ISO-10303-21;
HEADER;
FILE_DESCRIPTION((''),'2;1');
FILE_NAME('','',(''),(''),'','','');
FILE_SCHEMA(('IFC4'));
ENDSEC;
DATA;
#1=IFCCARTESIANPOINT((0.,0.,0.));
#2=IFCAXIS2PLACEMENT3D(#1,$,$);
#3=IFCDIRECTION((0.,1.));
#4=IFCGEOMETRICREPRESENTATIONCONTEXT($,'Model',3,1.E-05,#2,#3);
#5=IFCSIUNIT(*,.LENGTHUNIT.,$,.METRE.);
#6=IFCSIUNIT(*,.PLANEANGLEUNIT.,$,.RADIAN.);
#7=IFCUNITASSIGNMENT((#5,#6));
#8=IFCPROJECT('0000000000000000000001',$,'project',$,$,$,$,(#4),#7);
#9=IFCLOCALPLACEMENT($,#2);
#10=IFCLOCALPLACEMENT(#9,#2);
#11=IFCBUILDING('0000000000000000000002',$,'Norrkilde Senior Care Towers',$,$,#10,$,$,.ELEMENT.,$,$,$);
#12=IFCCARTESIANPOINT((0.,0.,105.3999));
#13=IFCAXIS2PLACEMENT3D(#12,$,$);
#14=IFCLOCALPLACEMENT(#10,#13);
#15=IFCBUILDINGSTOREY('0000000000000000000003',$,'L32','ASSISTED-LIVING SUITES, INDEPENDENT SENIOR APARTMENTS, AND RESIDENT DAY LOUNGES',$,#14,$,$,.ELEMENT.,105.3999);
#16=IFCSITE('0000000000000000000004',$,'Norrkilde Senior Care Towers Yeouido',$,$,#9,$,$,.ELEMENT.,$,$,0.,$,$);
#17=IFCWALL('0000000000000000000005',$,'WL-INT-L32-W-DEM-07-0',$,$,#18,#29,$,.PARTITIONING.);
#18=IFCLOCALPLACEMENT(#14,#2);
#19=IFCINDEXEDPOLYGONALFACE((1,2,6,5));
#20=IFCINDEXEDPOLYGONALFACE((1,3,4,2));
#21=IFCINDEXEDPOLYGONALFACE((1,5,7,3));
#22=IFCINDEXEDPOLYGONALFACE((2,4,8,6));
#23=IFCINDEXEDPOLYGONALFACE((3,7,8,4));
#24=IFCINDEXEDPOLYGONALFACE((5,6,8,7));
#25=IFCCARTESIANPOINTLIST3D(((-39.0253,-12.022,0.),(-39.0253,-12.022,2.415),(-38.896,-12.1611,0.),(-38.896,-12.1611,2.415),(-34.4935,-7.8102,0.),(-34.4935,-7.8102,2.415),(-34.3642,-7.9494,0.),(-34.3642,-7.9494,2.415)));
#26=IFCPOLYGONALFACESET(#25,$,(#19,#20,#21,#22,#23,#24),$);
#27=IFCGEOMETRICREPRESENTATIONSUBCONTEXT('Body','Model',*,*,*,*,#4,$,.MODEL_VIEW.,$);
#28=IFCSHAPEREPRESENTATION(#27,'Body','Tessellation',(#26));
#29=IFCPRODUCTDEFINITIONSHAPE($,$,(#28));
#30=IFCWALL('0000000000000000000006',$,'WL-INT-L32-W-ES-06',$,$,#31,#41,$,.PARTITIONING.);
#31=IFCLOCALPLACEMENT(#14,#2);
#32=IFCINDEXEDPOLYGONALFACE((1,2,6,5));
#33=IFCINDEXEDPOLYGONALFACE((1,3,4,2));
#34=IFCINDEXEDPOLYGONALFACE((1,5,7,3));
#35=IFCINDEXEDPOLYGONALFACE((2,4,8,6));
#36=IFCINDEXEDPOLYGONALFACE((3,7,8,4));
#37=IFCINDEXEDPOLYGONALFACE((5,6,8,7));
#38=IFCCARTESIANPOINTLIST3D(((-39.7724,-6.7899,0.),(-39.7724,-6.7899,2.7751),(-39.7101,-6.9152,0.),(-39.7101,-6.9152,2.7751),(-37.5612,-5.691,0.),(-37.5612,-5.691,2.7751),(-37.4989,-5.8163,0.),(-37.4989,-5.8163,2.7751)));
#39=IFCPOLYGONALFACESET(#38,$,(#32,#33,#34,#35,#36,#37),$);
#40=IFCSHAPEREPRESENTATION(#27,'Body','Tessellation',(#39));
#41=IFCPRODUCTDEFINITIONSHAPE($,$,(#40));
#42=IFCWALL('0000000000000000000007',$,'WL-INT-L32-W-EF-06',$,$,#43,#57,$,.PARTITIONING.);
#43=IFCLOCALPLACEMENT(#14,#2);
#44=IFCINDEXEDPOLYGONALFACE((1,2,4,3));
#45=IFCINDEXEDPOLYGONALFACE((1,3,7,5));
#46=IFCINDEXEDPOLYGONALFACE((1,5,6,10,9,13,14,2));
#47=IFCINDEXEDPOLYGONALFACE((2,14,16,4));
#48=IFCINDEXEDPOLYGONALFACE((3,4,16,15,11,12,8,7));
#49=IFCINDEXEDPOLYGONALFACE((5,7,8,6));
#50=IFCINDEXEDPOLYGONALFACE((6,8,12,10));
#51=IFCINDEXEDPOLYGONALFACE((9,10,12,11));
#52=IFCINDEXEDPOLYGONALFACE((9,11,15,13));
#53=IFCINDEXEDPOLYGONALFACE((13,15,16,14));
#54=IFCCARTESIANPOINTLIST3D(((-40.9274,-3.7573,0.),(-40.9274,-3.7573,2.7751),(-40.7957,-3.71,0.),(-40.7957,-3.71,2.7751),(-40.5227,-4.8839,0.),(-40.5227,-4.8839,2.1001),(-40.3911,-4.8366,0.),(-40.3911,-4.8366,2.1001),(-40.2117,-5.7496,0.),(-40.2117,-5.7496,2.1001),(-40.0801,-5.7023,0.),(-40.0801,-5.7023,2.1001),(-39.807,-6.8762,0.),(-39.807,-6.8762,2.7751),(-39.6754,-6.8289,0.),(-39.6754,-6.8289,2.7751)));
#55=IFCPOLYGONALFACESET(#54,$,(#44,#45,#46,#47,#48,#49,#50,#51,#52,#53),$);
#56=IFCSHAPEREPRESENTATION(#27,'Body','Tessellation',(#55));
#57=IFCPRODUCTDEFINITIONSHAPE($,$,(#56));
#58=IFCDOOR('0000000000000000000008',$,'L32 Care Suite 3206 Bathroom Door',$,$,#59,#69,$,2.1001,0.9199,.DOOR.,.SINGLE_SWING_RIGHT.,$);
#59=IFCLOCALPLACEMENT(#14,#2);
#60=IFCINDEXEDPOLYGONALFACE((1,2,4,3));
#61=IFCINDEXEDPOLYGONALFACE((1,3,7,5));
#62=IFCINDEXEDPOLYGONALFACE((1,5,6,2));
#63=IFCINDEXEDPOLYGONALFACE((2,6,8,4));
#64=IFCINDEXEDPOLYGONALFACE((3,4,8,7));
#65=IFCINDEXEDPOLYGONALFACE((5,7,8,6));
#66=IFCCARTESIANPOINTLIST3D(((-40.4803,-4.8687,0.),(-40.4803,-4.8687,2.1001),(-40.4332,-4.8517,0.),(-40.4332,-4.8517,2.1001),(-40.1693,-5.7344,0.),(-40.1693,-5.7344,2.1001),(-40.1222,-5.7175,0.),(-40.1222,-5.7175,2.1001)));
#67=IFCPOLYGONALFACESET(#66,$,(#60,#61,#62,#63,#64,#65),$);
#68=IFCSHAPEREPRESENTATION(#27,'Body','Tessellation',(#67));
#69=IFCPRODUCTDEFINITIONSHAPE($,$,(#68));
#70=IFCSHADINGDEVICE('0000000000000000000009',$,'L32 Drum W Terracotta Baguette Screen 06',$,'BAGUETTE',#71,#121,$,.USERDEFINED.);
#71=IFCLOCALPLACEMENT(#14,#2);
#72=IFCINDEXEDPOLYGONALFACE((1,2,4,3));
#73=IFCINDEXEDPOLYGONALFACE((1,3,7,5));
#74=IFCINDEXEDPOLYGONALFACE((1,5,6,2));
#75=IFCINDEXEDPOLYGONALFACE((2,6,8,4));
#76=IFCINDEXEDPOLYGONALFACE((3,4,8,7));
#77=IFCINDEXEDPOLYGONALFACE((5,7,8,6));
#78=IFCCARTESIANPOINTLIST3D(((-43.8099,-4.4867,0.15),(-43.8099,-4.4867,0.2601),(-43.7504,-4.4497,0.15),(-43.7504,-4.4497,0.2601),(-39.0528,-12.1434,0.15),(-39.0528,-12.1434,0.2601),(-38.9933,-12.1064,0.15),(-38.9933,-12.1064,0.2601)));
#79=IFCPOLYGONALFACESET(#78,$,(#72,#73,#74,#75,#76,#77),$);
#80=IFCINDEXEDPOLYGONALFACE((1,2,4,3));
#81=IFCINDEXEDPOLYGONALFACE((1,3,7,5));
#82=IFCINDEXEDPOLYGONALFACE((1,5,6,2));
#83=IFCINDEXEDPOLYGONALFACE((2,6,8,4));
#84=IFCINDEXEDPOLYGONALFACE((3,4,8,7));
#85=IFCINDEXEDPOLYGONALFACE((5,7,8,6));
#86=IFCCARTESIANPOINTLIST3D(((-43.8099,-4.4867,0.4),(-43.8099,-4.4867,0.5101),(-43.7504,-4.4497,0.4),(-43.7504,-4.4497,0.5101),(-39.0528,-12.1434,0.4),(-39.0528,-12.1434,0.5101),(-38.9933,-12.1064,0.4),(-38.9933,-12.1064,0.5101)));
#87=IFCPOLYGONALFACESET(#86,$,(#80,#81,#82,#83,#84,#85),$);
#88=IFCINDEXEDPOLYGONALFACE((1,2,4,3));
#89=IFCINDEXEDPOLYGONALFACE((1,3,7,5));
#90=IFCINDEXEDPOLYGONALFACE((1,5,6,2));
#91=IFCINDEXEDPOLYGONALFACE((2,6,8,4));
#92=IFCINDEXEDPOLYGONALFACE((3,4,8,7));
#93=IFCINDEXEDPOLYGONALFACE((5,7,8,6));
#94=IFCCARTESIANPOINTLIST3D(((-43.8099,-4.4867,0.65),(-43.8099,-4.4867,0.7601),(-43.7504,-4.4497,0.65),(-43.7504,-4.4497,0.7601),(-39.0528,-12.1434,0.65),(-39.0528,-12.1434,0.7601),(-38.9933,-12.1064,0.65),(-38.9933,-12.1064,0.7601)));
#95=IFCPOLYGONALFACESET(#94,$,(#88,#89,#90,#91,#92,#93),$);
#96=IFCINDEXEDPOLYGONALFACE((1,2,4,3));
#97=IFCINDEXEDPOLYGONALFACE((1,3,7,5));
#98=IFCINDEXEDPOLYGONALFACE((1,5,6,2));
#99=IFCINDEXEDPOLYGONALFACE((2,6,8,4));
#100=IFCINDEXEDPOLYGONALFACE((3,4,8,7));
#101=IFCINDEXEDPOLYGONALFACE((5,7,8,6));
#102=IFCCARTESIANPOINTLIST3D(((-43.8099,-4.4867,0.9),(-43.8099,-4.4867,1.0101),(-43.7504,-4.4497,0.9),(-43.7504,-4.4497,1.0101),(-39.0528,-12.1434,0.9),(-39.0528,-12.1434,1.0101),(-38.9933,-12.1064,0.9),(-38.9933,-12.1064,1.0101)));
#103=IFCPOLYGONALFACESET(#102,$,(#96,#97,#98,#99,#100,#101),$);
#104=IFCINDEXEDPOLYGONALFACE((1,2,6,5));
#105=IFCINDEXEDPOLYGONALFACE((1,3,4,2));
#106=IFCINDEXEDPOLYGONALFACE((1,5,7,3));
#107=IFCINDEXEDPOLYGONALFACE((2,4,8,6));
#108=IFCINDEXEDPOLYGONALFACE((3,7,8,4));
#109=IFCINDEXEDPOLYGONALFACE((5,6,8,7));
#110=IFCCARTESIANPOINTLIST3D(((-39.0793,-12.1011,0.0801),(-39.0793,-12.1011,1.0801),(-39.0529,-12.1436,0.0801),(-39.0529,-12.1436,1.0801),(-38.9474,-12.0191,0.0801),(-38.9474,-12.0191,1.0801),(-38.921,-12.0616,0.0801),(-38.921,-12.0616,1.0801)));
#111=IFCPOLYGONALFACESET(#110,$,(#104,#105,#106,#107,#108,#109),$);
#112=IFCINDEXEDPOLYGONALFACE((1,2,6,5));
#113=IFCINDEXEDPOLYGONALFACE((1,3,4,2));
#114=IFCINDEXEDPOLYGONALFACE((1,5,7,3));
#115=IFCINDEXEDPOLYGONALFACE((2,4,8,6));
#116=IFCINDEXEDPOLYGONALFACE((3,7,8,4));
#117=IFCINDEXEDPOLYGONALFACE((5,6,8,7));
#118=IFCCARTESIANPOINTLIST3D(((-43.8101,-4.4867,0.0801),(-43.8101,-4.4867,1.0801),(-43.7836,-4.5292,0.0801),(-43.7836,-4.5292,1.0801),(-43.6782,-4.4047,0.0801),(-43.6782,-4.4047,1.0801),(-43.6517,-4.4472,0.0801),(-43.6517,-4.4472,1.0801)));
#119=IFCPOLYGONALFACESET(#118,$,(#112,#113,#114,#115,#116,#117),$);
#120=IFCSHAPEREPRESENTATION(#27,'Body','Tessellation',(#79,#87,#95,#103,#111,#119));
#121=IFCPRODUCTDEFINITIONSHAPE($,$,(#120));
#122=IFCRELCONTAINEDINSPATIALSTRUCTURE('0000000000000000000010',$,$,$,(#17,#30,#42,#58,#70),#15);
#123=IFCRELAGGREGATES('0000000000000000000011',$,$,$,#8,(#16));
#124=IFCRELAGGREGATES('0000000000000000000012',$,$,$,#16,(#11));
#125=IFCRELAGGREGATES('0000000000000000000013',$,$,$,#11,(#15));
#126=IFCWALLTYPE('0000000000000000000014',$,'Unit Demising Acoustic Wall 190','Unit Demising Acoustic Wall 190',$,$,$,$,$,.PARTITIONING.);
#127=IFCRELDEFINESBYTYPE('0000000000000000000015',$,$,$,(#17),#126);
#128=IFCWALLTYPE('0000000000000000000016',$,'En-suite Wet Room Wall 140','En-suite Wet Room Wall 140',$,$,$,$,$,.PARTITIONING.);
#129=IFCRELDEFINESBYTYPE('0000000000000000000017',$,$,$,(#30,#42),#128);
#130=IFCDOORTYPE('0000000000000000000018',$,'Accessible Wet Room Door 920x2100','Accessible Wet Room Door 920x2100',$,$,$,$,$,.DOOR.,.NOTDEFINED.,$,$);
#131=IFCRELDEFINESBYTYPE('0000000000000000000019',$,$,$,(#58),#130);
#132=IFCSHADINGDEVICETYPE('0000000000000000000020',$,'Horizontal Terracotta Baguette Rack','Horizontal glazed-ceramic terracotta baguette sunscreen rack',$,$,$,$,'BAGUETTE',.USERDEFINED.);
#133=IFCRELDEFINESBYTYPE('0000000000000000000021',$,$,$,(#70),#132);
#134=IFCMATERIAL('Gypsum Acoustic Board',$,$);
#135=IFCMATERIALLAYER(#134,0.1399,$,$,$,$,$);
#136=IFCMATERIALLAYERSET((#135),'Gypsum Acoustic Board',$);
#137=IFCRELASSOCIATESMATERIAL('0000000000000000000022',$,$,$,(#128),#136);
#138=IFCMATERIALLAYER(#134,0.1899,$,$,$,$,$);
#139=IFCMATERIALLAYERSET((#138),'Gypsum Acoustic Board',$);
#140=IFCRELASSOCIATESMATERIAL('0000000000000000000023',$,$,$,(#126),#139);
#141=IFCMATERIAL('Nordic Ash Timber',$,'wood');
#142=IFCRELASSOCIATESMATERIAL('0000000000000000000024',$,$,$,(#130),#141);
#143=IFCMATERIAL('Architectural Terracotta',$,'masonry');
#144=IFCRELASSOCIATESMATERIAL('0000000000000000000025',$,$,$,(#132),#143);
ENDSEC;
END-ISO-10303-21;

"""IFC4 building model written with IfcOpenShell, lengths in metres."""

from ifc_helpers import new_model, si_unit, direction, frame, frame_2d, origin, origin_2d, place, context, subcontext, project, spatial, rectangle, extrude, source, transform, mapped, material, layer, layer_set, type_object, type_shapes, element, fill, save


model = new_model("IFC4")

# Units and contexts
model_context = context("Model", 3, precision=1e-05, world=origin(), true_north=direction((0.0, 1.0)))
body_context = subcontext(model_context, "Body", "Model", "MODEL_VIEW")
ifc_project = project(units=[si_unit("LENGTHUNIT", "METRE"), si_unit("PLANEANGLEUNIT", "RADIAN")], contexts=[model_context])

# Site, building, storey
site_placement = place(None, origin())
site = spatial("IfcSite", under=ifc_project, at=site_placement, Name="Norrkilde Senior Care Towers Yeouido", CompositionType="ELEMENT", RefElevation=0.0)
building_placement = place(site_placement, origin())
building = spatial("IfcBuilding", under=site, at=building_placement, Name="Norrkilde Senior Care Towers", CompositionType="ELEMENT")
storey_placement = place(building_placement, frame((0.0, 0.0, 105.3999)))
storey = spatial("IfcBuildingStorey", under=building, at=storey_placement, Name="L32", Description="ASSISTED-LIVING SUITES, INDEPENDENT SENIOR APARTMENTS, AND RESIDENT DAY LOUNGES", CompositionType="ELEMENT", Elevation=105.3999)

# Shared definitions
ifc_material_1 = material(Name="Gypsum Acoustic Board")
ifc_material_2 = material(Name="Nordic Ash Timber", Category="wood")

# Walls
ifc_layer_1 = layer(ifc_material_1, 0.1399)
ifc_layer_set_1 = layer_set([ifc_layer_1], Name="Gypsum Acoustic Board")
wall_type_1 = type_object("IfcWallType", Name="En-suite Wet Room Wall 140", Description="En-suite Wet Room Wall 140", PredefinedType="PARTITIONING", material=ifc_layer_set_1)
ifc_layer_2 = layer(ifc_material_1, 0.1899)
ifc_layer_set_2 = layer_set([ifc_layer_2], Name="Gypsum Acoustic Board")
wall_type_2 = type_object("IfcWallType", Name="Unit Demising Acoustic Wall 190", Description="Unit Demising Acoustic Wall 190", PredefinedType="PARTITIONING", material=ifc_layer_set_2)
shared_shape_1 = source(origin(), body_context, "Body", "SweptSolid", [
    extrude(rectangle(XDim=6.1868, YDim=0.1899, at=frame_2d((3.0933, 0.0))), origin(), (0.0, 0.0, 1.0), 2.415),
])
type_shapes(wall_type_2, [shared_shape_1])
wall_1_placement = place(storey_placement, frame((-34.429, -7.8799, 0.0), z_axis=(0.0, 0.0, 1.0), x_axis=(-0.732501, -0.680766, 0.0)))
element("IfcWall", 1, at=wall_1_placement, inside=storey, type_object=wall_type_2, Name="WL-INT-L32-W-DEM-07-0", PredefinedType="PARTITIONING", context=body_context, shape_type="MappedRepresentation", body=[
    mapped(shared_shape_1, transform((0.0, 0.0, 0.0), x_axis=(1.0, 0.0, 0.0), y_axis=(0.0, 1.0, 0.0), z_axis=(0.0, 0.0, 1.0), scale=1.0)),
])
shared_shape_2 = source(origin(), body_context, "Body", "SweptSolid", [
    extrude(rectangle(XDim=2.4692, YDim=0.1399, at=frame_2d((1.2346, 0.0))), origin(), (0.0, 0.0, 1.0), 2.7751),
])
wall_2_placement = place(storey_placement, frame((-37.53, -5.7537, 0.0), z_axis=(0.0, 0.0, 1.0), x_axis=(-0.895512, -0.445037, 0.0)))
element("IfcWall", 2, at=wall_2_placement, inside=storey, type_object=wall_type_1, Name="WL-INT-L32-W-ES-06", PredefinedType="PARTITIONING", context=body_context, shape_type="MappedRepresentation", body=[
    mapped(shared_shape_2, transform((0.0, 0.0, 0.0), x_axis=(1.0, 0.0, 0.0), y_axis=(0.0, 1.0, 0.0), z_axis=(0.0, 0.0, 1.0), scale=1.0)),
])

# Wall, opening, door
shared_shape_3 = source(origin(), body_context, "Body", "SweptSolid", [
    extrude(rectangle(XDim=3.314, YDim=0.1399, at=frame_2d((1.657, 0.0))), origin(), (0.0, 0.0, 1.0), 2.7751),
])
wall_3_placement = place(storey_placement, frame((-39.7412, -6.8525, 0.0), z_axis=(0.0, 0.0, 1.0), x_axis=(-0.338067, 0.941122, 0.0)))
wall_3 = element("IfcWall", 3, at=wall_3_placement, inside=storey, type_object=wall_type_1, Name="WL-INT-L32-W-EF-06", PredefinedType="PARTITIONING", context=body_context, shape_type="MappedRepresentation", body=[
    mapped(shared_shape_3, transform((0.0, 0.0, 0.0), x_axis=(1.0, 0.0, 0.0), y_axis=(0.0, 1.0, 0.0), z_axis=(0.0, 0.0, 1.0), scale=1.0)),
])
opening_1_placement = place(wall_3_placement, frame((1.197, 0.0, 0.0)))
opening_1 = element("IfcOpeningElement", 4, at=opening_1_placement, cuts=wall_3, PredefinedType="OPENING", context=body_context, shape_type="SweptSolid", body=[
    extrude(rectangle(XDim=0.9199, YDim=2.1001, at=frame_2d((0.46, 1.05))), frame((0.0, 0.0798, 0.0), z_axis=(0.0, -1.0, 0.0), x_axis=(1.0, 0.0, 0.0)), (0.0, 0.0, 1.0), 0.1599),
])
door_type_1 = type_object("IfcDoorType", Name="Accessible Wet Room Door 920x2100", Description="Accessible Wet Room Door 920x2100", OperationType="NOTDEFINED", PredefinedType="DOOR", material=ifc_material_2)
shared_shape_4 = source(origin(), body_context, "Body", "SweptSolid", [
    extrude(rectangle(XDim=0.9199, YDim=2.1001, at=frame_2d((0.46, 1.05))), frame((0.0, 0.0249, 0.0), z_axis=(0.0, -1.0, 0.0), x_axis=(1.0, 0.0, 0.0)), (0.0, 0.0, 1.0), 0.05),
])
type_shapes(door_type_1, [shared_shape_4])
door_1_placement = place(opening_1_placement, origin())
door_1 = element("IfcDoor", 5, at=door_1_placement, inside=storey, type_object=door_type_1, Name="L32 Care Suite 3206 Bathroom Door", OperationType="SINGLE_SWING_RIGHT", OverallHeight=2.1001, OverallWidth=0.9199, PredefinedType="DOOR", context=body_context, shape_type="MappedRepresentation", body=[
    mapped(shared_shape_4, transform((0.0, 0.0, 0.0), x_axis=(1.0, 0.0, 0.0), y_axis=(0.0, 1.0, 0.0), z_axis=(0.0, 0.0, 1.0), scale=1.0)),
])
fill(opening_1, door_1)

# Shading device
ifc_material_3 = material(Name="Architectural Terracotta", Category="masonry")
shading_device_type = type_object("IfcShadingDeviceType", Name="Horizontal Terracotta Baguette Rack", Description="Horizontal glazed-ceramic terracotta baguette sunscreen rack", ElementType="BAGUETTE", PredefinedType="USERDEFINED", material=ifc_material_3)
shared_shape_5 = source(origin(), body_context, "Body", "SweptSolid", [
    extrude(rectangle(XDim=0.0701, YDim=0.1101, at=origin_2d()), frame((0.0, 0.0901, 0.125), z_axis=(1.0, 0.0, 0.0), x_axis=(0.0, 1.0, 0.0)), (0.0, 0.0, 1.0), 9.0142),
    extrude(rectangle(XDim=0.0701, YDim=0.1101, at=origin_2d()), frame((0.0, 0.0901, 0.375), z_axis=(1.0, 0.0, 0.0), x_axis=(0.0, 1.0, 0.0)), (0.0, 0.0, 1.0), 9.0142),
    extrude(rectangle(XDim=0.0701, YDim=0.1101, at=origin_2d()), frame((0.0, 0.0901, 0.625), z_axis=(1.0, 0.0, 0.0), x_axis=(0.0, 1.0, 0.0)), (0.0, 0.0, 1.0), 9.0142),
    extrude(rectangle(XDim=0.0701, YDim=0.1101, at=origin_2d()), frame((0.0, 0.0901, 0.875), z_axis=(1.0, 0.0, 0.0), x_axis=(0.0, 1.0, 0.0)), (0.0, 0.0, 1.0), 9.0142),
    extrude(rectangle(XDim=0.05, YDim=0.1553, at=origin_2d()), frame((0.0249, 0.0476, 0.0)), (0.0, 0.0, 1.0), 1.0),
    extrude(rectangle(XDim=0.05, YDim=0.1553, at=origin_2d()), frame((8.9893, 0.0476, 0.0)), (0.0, 0.0, 1.0), 1.0),
])
type_shapes(shading_device_type, [shared_shape_5])
shading_device_placement = place(storey_placement, frame((-38.9465, -12.0774, 0.0801), z_axis=(0.0, 0.0, 1.0), x_axis=(-0.527734, 0.849412, 0.0)))
element("IfcShadingDevice", 6, at=shading_device_placement, inside=storey, type_object=shading_device_type, Name="L32 Drum W Terracotta Baguette Screen 06", ObjectType="BAGUETTE", PredefinedType="USERDEFINED", context=body_context, shape_type="MappedRepresentation", body=[
    mapped(shared_shape_5, transform((0.0, 0.0, 0.0), x_axis=(1.0, 0.0, 0.0), y_axis=(0.0, 1.0, 0.0), z_axis=(0.0, 0.0, 1.0), scale=1.0)),
])

save(model, "model.ifc")
